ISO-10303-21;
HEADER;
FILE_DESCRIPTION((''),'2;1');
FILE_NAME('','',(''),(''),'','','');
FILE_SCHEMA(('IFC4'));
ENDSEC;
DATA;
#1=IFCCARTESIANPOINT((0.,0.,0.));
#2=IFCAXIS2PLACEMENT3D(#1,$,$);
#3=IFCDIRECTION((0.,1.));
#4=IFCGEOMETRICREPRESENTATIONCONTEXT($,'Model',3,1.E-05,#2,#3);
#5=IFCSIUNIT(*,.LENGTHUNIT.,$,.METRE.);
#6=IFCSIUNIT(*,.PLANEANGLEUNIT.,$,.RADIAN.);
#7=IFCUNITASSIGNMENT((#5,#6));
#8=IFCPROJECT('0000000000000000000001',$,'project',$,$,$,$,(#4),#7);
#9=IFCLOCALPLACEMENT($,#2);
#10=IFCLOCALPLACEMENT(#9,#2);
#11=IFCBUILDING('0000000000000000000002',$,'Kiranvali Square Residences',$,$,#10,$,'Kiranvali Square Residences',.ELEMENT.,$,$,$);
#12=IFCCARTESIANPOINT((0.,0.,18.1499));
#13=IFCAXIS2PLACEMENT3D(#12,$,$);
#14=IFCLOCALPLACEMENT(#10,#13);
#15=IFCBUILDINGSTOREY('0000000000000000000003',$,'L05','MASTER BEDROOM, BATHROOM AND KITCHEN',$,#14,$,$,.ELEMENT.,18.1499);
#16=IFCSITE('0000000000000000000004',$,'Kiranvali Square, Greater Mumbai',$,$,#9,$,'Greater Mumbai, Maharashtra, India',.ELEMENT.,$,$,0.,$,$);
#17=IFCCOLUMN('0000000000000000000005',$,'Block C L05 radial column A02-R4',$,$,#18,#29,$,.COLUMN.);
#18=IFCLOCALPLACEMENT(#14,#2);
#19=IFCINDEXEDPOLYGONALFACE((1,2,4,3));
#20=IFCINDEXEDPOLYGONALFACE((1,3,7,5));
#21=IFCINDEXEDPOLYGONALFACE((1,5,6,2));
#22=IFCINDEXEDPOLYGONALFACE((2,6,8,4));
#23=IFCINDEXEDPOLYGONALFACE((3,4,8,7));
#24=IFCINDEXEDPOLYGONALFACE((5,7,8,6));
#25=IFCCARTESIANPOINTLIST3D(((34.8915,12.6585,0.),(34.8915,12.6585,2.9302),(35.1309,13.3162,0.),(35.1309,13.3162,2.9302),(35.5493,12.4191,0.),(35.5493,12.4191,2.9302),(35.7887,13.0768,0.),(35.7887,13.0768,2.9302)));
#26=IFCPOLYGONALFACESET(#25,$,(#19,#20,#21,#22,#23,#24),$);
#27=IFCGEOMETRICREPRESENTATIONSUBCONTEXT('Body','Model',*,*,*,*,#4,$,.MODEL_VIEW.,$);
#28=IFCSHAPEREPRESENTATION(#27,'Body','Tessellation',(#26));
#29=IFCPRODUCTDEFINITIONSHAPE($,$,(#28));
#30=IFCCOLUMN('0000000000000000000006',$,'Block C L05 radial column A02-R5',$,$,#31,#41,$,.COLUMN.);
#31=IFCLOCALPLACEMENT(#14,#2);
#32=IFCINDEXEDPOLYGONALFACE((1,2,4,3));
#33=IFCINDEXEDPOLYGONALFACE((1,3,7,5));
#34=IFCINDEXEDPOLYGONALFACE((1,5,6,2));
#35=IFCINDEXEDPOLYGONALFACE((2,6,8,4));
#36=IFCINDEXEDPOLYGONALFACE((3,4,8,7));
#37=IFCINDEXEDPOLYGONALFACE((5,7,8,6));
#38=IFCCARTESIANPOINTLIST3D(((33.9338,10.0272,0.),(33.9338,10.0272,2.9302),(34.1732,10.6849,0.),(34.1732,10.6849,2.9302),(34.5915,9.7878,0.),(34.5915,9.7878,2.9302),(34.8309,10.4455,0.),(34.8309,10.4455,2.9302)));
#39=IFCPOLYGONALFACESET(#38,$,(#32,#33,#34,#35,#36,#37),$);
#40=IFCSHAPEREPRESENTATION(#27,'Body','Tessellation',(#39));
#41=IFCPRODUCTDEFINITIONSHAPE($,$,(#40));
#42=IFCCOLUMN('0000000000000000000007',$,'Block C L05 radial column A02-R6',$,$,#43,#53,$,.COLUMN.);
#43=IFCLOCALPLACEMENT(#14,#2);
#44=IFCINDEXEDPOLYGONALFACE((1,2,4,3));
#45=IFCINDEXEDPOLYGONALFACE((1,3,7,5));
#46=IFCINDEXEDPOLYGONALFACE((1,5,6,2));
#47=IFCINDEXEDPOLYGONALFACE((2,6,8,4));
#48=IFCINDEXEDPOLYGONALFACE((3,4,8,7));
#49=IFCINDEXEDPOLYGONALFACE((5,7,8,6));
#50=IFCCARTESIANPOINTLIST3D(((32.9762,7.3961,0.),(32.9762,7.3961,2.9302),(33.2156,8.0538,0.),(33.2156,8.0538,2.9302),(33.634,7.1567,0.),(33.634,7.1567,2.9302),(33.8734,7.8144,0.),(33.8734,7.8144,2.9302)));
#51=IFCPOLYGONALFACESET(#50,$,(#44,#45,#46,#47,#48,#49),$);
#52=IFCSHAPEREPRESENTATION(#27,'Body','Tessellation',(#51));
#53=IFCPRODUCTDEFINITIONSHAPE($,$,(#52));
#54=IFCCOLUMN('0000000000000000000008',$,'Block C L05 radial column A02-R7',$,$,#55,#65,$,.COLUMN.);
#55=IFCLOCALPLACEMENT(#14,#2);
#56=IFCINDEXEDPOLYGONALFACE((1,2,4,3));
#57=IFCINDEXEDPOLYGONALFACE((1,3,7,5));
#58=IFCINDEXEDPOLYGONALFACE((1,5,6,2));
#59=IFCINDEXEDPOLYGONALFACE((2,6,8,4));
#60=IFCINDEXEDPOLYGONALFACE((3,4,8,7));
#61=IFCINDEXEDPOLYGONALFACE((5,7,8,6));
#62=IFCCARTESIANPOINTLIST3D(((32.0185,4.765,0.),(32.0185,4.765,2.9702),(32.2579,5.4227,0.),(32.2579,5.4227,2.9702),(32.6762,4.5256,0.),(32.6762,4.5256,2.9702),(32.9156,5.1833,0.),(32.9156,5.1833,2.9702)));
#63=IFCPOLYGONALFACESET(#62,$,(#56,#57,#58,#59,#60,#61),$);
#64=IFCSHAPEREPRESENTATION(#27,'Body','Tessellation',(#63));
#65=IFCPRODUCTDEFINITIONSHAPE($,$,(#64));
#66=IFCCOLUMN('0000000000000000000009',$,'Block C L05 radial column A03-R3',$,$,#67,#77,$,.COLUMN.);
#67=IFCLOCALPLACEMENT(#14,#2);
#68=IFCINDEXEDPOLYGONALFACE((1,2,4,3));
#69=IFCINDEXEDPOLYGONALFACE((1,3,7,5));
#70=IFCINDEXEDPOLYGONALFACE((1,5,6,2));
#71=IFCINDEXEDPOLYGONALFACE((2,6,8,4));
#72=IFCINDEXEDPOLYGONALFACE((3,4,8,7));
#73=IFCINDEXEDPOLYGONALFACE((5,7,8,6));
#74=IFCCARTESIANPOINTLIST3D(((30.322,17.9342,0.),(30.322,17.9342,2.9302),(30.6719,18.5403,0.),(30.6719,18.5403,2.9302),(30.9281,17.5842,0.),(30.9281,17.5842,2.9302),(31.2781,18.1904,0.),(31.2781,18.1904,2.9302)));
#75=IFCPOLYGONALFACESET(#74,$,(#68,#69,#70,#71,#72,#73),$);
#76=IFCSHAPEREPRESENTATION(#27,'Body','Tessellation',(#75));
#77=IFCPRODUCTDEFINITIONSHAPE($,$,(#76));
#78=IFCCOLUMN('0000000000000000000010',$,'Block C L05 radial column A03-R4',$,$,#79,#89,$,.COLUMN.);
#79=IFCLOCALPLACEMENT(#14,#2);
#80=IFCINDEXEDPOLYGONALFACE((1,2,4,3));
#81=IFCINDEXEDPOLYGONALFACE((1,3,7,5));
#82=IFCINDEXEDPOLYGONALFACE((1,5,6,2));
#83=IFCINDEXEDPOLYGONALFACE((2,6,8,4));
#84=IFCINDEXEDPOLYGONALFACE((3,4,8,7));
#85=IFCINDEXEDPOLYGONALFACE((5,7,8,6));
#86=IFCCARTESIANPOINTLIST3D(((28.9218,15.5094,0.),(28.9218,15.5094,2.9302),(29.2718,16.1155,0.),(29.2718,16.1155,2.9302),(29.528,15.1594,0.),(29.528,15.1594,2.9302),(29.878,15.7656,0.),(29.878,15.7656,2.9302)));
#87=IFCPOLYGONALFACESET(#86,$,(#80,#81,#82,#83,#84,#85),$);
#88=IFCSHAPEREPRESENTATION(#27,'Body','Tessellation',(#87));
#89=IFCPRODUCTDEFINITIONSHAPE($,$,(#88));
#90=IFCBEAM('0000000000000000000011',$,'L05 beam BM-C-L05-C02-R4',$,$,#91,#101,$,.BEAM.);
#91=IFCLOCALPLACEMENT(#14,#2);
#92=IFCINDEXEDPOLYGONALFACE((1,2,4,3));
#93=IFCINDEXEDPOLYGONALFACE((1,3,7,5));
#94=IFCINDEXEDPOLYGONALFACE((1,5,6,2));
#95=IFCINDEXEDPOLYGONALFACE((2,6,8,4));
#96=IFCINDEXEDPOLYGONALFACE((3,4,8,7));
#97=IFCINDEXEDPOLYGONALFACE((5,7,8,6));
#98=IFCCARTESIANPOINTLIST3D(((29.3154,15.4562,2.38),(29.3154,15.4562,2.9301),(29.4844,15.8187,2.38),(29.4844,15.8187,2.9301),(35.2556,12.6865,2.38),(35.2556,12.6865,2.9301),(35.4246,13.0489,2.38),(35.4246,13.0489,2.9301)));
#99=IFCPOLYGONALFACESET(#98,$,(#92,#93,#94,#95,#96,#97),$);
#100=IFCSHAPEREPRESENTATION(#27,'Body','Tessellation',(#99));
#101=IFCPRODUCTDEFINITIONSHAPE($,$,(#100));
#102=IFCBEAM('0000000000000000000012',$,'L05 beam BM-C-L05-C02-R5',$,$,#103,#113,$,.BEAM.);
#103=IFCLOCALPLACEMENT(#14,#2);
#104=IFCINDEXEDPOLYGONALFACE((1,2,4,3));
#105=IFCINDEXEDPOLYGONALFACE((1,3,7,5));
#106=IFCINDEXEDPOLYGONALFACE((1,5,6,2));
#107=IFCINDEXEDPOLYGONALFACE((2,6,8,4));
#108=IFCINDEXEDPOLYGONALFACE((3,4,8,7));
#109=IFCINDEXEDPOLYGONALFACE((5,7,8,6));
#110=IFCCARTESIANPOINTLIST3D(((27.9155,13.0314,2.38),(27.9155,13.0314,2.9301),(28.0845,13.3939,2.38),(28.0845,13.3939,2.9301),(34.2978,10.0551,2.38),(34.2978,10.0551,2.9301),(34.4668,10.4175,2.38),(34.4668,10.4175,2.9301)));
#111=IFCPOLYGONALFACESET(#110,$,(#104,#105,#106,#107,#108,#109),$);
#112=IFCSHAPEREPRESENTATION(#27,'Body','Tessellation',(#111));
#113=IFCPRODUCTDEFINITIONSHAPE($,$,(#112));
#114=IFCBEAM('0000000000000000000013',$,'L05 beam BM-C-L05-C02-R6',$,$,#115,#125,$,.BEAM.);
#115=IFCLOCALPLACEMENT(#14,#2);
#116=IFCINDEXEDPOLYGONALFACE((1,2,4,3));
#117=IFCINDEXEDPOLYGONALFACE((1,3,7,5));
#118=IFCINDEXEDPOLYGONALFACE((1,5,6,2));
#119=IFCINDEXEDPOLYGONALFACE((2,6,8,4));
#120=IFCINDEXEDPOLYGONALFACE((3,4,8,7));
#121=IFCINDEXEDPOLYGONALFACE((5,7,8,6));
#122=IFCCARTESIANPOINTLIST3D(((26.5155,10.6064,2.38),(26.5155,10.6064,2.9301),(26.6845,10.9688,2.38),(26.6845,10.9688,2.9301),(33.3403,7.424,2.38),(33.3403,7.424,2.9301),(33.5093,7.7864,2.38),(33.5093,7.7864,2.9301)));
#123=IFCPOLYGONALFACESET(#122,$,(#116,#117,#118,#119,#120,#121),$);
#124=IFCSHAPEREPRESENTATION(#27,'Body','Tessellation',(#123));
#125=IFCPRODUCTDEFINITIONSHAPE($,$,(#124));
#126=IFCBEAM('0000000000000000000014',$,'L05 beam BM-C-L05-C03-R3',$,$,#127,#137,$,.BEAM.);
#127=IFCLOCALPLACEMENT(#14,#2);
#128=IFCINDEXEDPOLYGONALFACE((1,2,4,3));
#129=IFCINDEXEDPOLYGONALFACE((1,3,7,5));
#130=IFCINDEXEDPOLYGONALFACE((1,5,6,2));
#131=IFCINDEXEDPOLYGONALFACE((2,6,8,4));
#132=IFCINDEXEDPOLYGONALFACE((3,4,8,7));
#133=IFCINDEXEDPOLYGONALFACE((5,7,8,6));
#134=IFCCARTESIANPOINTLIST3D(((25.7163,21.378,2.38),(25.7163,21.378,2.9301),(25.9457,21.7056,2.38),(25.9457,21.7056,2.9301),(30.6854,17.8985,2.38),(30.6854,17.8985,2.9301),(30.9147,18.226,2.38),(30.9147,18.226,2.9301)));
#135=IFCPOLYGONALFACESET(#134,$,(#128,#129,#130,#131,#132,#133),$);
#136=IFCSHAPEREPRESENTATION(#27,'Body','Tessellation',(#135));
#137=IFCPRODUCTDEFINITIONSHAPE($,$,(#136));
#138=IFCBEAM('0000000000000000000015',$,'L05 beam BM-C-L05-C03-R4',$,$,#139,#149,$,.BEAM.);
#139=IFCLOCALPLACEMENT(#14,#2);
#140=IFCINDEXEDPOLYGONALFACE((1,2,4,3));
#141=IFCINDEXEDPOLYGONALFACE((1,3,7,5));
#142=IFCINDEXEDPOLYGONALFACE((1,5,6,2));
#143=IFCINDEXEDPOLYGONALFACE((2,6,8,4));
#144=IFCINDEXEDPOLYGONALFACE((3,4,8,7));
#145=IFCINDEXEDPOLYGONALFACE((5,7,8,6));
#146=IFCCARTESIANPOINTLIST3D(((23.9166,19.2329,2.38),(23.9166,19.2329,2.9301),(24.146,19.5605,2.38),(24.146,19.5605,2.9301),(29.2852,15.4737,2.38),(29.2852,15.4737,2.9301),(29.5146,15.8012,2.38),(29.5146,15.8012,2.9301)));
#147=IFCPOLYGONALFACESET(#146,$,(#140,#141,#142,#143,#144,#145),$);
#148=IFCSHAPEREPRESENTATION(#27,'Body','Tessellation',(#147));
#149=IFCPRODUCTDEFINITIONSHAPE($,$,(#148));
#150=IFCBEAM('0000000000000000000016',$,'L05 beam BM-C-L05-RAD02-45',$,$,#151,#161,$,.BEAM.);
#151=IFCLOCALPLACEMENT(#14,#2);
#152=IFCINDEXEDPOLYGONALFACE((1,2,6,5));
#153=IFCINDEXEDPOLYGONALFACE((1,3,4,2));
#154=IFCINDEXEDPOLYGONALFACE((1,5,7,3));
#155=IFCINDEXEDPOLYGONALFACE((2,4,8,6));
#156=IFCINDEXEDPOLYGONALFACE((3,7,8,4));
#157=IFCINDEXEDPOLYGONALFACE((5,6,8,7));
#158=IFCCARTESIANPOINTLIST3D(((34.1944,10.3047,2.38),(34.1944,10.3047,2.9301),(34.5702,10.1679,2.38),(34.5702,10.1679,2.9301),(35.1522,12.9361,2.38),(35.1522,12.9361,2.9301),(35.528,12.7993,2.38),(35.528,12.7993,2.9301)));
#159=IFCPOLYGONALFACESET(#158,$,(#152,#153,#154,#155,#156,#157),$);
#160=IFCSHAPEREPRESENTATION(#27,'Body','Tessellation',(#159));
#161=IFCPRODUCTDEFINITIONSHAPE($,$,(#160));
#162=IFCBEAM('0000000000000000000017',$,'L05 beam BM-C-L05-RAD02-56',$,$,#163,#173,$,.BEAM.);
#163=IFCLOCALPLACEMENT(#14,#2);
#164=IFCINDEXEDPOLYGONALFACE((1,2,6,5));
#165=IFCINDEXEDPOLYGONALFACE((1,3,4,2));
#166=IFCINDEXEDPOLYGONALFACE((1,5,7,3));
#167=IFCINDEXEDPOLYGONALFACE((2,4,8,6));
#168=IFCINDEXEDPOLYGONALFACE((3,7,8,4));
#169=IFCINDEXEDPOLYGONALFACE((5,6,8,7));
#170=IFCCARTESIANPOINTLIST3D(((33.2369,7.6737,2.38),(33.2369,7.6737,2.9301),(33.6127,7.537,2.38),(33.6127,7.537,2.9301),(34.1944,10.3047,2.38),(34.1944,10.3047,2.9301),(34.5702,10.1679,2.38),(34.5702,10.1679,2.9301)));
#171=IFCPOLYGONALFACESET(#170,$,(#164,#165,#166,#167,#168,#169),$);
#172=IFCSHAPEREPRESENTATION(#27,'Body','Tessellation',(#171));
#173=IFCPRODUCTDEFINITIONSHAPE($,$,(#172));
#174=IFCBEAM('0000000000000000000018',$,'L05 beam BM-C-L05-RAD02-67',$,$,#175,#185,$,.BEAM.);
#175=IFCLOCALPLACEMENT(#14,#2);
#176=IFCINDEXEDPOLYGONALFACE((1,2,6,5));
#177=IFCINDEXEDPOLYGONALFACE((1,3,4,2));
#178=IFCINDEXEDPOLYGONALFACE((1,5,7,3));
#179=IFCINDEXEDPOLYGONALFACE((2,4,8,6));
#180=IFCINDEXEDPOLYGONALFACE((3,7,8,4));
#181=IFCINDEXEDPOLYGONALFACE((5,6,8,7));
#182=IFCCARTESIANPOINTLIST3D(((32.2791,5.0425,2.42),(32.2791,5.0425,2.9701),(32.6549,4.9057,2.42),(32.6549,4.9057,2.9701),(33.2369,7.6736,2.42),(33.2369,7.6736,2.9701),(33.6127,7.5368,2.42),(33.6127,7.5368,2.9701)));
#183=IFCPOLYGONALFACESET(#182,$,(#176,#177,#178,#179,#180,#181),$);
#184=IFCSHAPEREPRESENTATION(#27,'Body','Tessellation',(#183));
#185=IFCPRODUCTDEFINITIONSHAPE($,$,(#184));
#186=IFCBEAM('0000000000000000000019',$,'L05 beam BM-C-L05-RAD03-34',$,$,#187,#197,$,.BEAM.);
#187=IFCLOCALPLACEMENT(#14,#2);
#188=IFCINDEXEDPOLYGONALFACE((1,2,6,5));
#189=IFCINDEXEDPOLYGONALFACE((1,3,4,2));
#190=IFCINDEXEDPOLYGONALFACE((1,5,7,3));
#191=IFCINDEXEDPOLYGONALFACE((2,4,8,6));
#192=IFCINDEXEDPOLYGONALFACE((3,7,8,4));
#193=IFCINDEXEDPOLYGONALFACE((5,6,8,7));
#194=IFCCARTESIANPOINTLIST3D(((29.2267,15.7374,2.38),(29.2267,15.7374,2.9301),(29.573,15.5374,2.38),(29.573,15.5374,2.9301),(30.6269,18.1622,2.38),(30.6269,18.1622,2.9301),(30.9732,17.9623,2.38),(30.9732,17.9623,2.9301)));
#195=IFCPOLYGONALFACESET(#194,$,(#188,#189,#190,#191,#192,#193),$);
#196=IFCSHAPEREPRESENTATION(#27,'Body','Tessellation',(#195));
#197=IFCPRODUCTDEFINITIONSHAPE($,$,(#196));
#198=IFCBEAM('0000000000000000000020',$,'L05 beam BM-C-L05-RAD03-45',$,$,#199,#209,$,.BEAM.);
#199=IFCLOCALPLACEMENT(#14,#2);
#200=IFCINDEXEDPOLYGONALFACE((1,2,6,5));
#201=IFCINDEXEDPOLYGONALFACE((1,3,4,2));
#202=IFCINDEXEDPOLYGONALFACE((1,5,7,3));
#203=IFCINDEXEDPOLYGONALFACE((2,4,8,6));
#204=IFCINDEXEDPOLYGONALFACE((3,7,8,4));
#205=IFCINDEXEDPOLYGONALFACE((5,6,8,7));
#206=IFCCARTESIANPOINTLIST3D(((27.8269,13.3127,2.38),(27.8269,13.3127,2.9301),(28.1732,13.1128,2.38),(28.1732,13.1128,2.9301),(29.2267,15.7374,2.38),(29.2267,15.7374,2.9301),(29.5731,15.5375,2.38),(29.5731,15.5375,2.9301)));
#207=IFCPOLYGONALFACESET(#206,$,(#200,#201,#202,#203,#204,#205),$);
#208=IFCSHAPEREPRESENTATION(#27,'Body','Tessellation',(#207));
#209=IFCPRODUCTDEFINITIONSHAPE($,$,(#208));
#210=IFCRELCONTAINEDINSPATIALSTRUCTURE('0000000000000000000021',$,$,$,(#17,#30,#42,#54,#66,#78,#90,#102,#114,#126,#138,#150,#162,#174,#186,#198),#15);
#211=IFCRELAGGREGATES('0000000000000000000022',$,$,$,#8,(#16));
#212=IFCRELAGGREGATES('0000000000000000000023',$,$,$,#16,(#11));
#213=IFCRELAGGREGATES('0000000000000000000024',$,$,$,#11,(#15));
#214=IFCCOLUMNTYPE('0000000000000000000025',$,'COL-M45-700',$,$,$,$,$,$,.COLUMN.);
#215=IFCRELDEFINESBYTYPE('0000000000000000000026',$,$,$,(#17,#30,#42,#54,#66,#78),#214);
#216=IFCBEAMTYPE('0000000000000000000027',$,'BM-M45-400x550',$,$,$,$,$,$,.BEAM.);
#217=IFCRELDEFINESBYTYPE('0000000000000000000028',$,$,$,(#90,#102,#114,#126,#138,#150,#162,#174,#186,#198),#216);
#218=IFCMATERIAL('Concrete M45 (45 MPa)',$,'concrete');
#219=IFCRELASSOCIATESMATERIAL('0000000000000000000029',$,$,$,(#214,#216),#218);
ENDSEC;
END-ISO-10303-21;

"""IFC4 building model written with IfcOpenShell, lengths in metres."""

from ifc_helpers import new_model, si_unit, direction, frame, origin, origin_2d, place, context, subcontext, project, spatial, rectangle, extrude, material, material_profile, profile_set, type_object, element, save


model = new_model("IFC4")

# Units and contexts
model_context = context("Model", 3, precision=1e-05, world=origin(), true_north=direction((0.0, 1.0)))
body_context = subcontext(model_context, "Body", "Model", "MODEL_VIEW")
ifc_project = project(units=[si_unit("LENGTHUNIT", "METRE"), si_unit("PLANEANGLEUNIT", "RADIAN")], contexts=[model_context])

# Site, building, storey
site_placement = place(None, origin())
site = spatial("IfcSite", under=ifc_project, at=site_placement, Name="Kiranvali Square, Greater Mumbai", LongName="Greater Mumbai, Maharashtra, India", CompositionType="ELEMENT", RefElevation=0.0)
building_placement = place(site_placement, origin())
building = spatial("IfcBuilding", under=site, at=building_placement, Name="Kiranvali Square Residences", LongName="Kiranvali Square Residences", CompositionType="ELEMENT")
storey_placement = place(building_placement, frame((0.0, 0.0, 18.1499)))
storey = spatial("IfcBuildingStorey", under=building, at=storey_placement, Name="L05", Description="MASTER BEDROOM, BATHROOM AND KITCHEN", CompositionType="ELEMENT", Elevation=18.1499)

# Columns
ifc_material_1 = material(Name="Concrete M45 (45 MPa)", Category="concrete")
ifc_material_profile_1 = material_profile(ifc_material_1, rectangle(XDim=0.7, YDim=0.7, at=origin_2d()), Name="RC 700x700")
ifc_profile_set_1 = profile_set([ifc_material_profile_1], Name="Concrete M45 (45 MPa)")
column_type = type_object("IfcColumnType", Name="COL-M45-700", PredefinedType="COLUMN", material=ifc_profile_set_1)
for number, where, z_axis, x_axis, name in (
    (1, (35.3401, 12.8677, 0.0), (0.0, 0.0, 1.0), (-0.939693, 0.34202, 0.0), "Block C L05 radial column A02-R4"),
    (2, (34.3823, 10.2363, 0.0), (0.0, 0.0, 1.0), (-0.939693, 0.34202, 0.0), "Block C L05 radial column A02-R5"),
    (3, (33.4248, 7.6052, 0.0), (0.0, 0.0, 1.0), (-0.939693, 0.34202, 0.0), "Block C L05 radial column A02-R6"),
):
    element("IfcColumn", number, at=place(storey_placement, frame(where, z_axis=z_axis, x_axis=x_axis)), inside=storey, type_object=column_type, Name=name, PredefinedType="COLUMN", context=body_context, shape_type="SweptSolid", body=[
        extrude(rectangle(XDim=0.7, YDim=0.7, at=origin_2d()), origin(), (0.0, 0.0, 1.0), 2.9302),
    ])
column_placement = place(storey_placement, frame((32.467, 4.9741, 0.0), z_axis=(0.0, 0.0, 1.0), x_axis=(-0.939693, 0.34202, 0.0)))
element("IfcColumn", 4, at=column_placement, inside=storey, type_object=column_type, Name="Block C L05 radial column A02-R7", PredefinedType="COLUMN", context=body_context, shape_type="SweptSolid", body=[
    extrude(rectangle(XDim=0.7, YDim=0.7, at=origin_2d()), origin(), (0.0, 0.0, 1.0), 2.9702),
])
for number, where, z_axis, x_axis, name in (
    (5, (30.8, 18.0623, 0.0), (0.0, 0.0, 1.0), (-0.866025, 0.5, 0.0), "Block C L05 radial column A03-R3"),
    (6, (29.3999, 15.6375, 0.0), (0.0, 0.0, 1.0), (-0.866025, 0.5, 0.0), "Block C L05 radial column A03-R4"),
):
    element("IfcColumn", number, at=place(storey_placement, frame(where, z_axis=z_axis, x_axis=x_axis)), inside=storey, type_object=column_type, Name=name, PredefinedType="COLUMN", context=body_context, shape_type="SweptSolid", body=[
        extrude(rectangle(XDim=0.7, YDim=0.7, at=origin_2d()), origin(), (0.0, 0.0, 1.0), 2.9302),
    ])

# Beams
ifc_material_profile_2 = material_profile(ifc_material_1, rectangle(XDim=0.3999, YDim=0.55, at=origin_2d()), Name="RC 400x550")
ifc_profile_set_2 = profile_set([ifc_material_profile_2], Name="Concrete M45 (45 MPa)")
beam_type_1 = type_object("IfcBeamType", Name="BM-M45-400x550", PredefinedType="BEAM", material=ifc_profile_set_2)
beam_1_placement = place(storey_placement, frame((35.3401, 12.8677, 2.655), z_axis=(-0.906318, 0.422596, 0.0), x_axis=(-0.422596, -0.906318, 0.0)))
element("IfcBeam", 7, at=beam_1_placement, inside=storey, type_object=beam_type_1, Name="L05 beam BM-C-L05-C02-R4", PredefinedType="BEAM", context=body_context, shape_type="SweptSolid", body=[
    extrude(rectangle(XDim=0.3999, YDim=0.55, at=origin_2d()), origin(), (0.0, 0.0, 1.0), 6.5542),
])
beam_2_placement = place(storey_placement, frame((34.3823, 10.2363, 2.655), z_axis=(-0.906297, 0.422641, 0.0), x_axis=(-0.422641, -0.906297, 0.0)))
element("IfcBeam", 8, at=beam_2_placement, inside=storey, type_object=beam_type_1, Name="L05 beam BM-C-L05-C02-R5", PredefinedType="BEAM", context=body_context, shape_type="SweptSolid", body=[
    extrude(rectangle(XDim=0.3999, YDim=0.55, at=origin_2d()), origin(), (0.0, 0.0, 1.0), 7.0422),
])
beam_3_placement = place(storey_placement, frame((33.4248, 7.6052, 2.655), z_axis=(-0.90631, 0.422614, 0.0), x_axis=(-0.422614, -0.90631, 0.0)))
element("IfcBeam", 9, at=beam_3_placement, inside=storey, type_object=beam_type_1, Name="L05 beam BM-C-L05-C02-R6", PredefinedType="BEAM", context=body_context, shape_type="SweptSolid", body=[
    extrude(rectangle(XDim=0.3999, YDim=0.55, at=origin_2d()), origin(), (0.0, 0.0, 1.0), 7.5303),
])
beam_4_placement = place(storey_placement, frame((30.8, 18.0623, 2.655), z_axis=(-0.819139, 0.573595, 0.0), x_axis=(-0.573595, -0.819139, 0.0)))
element("IfcBeam", 10, at=beam_4_placement, inside=storey, type_object=beam_type_1, Name="L05 beam BM-C-L05-C03-R3", PredefinedType="BEAM", context=body_context, shape_type="SweptSolid", body=[
    extrude(rectangle(XDim=0.3999, YDim=0.55, at=origin_2d()), origin(), (0.0, 0.0, 1.0), 6.0662),
])
beam_5_placement = place(storey_placement, frame((29.3999, 15.6375, 2.655), z_axis=(-0.819144, 0.573587, 0.0), x_axis=(-0.573587, -0.819144, 0.0)))
element("IfcBeam", 11, at=beam_5_placement, inside=storey, type_object=beam_type_1, Name="L05 beam BM-C-L05-C03-R4", PredefinedType="BEAM", context=body_context, shape_type="SweptSolid", body=[
    extrude(rectangle(XDim=0.3999, YDim=0.55, at=origin_2d()), origin(), (0.0, 0.0, 1.0), 6.554),
])
beam_6_placement = place(storey_placement, frame((35.3401, 12.8677, 2.655), z_axis=(-0.34203, -0.939689, 0.0), x_axis=(0.939689, -0.34203, 0.0)))
element("IfcBeam", 12, at=beam_6_placement, inside=storey, type_object=beam_type_1, Name="L05 beam BM-C-L05-RAD02-45", PredefinedType="BEAM", context=body_context, shape_type="SweptSolid", body=[
    extrude(rectangle(XDim=0.3999, YDim=0.55, at=origin_2d()), origin(), (0.0, 0.0, 1.0), 2.8003),
])
beam_7_placement = place(storey_placement, frame((34.3823, 10.2363, 2.655), z_axis=(-0.341981, -0.939707, 0.0), x_axis=(0.939707, -0.341981, 0.0)))
element("IfcBeam", 13, at=beam_7_placement, inside=storey, type_object=beam_type_1, Name="L05 beam BM-C-L05-RAD02-56", PredefinedType="BEAM", context=body_context, shape_type="SweptSolid", body=[
    extrude(rectangle(XDim=0.3999, YDim=0.55, at=origin_2d()), origin(), (0.0, 0.0, 1.0), 2.7998),
])
for number, where, z_axis, x_axis, name in (
    (14, (33.4248, 7.6052, 2.6951), (-0.342058, -0.939679, 0.0), (0.939679, -0.342058, 0.0), "L05 beam BM-C-L05-RAD02-67"),
    (15, (30.8, 18.0623, 2.655), (-0.50005, -0.865997, 0.0), (0.865997, -0.50005, 0.0), "L05 beam BM-C-L05-RAD03-34"),
):
    element("IfcBeam", number, at=place(storey_placement, frame(where, z_axis=z_axis, x_axis=x_axis)), inside=storey, type_object=beam_type_1, Name=name, PredefinedType="BEAM", context=body_context, shape_type="SweptSolid", body=[
        extrude(rectangle(XDim=0.3999, YDim=0.55, at=origin_2d()), origin(), (0.0, 0.0, 1.0), 2.8),
    ])
beam_8_placement = place(storey_placement, frame((29.3999, 15.6375, 2.655), z_axis=(-0.499984, -0.866035, 0.0), x_axis=(0.866035, -0.499984, 0.0)))
element("IfcBeam", 16, at=beam_8_placement, inside=storey, type_object=beam_type_1, Name="L05 beam BM-C-L05-RAD03-45", PredefinedType="BEAM", context=body_context, shape_type="SweptSolid", body=[
    extrude(rectangle(XDim=0.3999, YDim=0.55, at=origin_2d()), origin(), (0.0, 0.0, 1.0), 2.7998),
])

save(model, "model.ifc")
